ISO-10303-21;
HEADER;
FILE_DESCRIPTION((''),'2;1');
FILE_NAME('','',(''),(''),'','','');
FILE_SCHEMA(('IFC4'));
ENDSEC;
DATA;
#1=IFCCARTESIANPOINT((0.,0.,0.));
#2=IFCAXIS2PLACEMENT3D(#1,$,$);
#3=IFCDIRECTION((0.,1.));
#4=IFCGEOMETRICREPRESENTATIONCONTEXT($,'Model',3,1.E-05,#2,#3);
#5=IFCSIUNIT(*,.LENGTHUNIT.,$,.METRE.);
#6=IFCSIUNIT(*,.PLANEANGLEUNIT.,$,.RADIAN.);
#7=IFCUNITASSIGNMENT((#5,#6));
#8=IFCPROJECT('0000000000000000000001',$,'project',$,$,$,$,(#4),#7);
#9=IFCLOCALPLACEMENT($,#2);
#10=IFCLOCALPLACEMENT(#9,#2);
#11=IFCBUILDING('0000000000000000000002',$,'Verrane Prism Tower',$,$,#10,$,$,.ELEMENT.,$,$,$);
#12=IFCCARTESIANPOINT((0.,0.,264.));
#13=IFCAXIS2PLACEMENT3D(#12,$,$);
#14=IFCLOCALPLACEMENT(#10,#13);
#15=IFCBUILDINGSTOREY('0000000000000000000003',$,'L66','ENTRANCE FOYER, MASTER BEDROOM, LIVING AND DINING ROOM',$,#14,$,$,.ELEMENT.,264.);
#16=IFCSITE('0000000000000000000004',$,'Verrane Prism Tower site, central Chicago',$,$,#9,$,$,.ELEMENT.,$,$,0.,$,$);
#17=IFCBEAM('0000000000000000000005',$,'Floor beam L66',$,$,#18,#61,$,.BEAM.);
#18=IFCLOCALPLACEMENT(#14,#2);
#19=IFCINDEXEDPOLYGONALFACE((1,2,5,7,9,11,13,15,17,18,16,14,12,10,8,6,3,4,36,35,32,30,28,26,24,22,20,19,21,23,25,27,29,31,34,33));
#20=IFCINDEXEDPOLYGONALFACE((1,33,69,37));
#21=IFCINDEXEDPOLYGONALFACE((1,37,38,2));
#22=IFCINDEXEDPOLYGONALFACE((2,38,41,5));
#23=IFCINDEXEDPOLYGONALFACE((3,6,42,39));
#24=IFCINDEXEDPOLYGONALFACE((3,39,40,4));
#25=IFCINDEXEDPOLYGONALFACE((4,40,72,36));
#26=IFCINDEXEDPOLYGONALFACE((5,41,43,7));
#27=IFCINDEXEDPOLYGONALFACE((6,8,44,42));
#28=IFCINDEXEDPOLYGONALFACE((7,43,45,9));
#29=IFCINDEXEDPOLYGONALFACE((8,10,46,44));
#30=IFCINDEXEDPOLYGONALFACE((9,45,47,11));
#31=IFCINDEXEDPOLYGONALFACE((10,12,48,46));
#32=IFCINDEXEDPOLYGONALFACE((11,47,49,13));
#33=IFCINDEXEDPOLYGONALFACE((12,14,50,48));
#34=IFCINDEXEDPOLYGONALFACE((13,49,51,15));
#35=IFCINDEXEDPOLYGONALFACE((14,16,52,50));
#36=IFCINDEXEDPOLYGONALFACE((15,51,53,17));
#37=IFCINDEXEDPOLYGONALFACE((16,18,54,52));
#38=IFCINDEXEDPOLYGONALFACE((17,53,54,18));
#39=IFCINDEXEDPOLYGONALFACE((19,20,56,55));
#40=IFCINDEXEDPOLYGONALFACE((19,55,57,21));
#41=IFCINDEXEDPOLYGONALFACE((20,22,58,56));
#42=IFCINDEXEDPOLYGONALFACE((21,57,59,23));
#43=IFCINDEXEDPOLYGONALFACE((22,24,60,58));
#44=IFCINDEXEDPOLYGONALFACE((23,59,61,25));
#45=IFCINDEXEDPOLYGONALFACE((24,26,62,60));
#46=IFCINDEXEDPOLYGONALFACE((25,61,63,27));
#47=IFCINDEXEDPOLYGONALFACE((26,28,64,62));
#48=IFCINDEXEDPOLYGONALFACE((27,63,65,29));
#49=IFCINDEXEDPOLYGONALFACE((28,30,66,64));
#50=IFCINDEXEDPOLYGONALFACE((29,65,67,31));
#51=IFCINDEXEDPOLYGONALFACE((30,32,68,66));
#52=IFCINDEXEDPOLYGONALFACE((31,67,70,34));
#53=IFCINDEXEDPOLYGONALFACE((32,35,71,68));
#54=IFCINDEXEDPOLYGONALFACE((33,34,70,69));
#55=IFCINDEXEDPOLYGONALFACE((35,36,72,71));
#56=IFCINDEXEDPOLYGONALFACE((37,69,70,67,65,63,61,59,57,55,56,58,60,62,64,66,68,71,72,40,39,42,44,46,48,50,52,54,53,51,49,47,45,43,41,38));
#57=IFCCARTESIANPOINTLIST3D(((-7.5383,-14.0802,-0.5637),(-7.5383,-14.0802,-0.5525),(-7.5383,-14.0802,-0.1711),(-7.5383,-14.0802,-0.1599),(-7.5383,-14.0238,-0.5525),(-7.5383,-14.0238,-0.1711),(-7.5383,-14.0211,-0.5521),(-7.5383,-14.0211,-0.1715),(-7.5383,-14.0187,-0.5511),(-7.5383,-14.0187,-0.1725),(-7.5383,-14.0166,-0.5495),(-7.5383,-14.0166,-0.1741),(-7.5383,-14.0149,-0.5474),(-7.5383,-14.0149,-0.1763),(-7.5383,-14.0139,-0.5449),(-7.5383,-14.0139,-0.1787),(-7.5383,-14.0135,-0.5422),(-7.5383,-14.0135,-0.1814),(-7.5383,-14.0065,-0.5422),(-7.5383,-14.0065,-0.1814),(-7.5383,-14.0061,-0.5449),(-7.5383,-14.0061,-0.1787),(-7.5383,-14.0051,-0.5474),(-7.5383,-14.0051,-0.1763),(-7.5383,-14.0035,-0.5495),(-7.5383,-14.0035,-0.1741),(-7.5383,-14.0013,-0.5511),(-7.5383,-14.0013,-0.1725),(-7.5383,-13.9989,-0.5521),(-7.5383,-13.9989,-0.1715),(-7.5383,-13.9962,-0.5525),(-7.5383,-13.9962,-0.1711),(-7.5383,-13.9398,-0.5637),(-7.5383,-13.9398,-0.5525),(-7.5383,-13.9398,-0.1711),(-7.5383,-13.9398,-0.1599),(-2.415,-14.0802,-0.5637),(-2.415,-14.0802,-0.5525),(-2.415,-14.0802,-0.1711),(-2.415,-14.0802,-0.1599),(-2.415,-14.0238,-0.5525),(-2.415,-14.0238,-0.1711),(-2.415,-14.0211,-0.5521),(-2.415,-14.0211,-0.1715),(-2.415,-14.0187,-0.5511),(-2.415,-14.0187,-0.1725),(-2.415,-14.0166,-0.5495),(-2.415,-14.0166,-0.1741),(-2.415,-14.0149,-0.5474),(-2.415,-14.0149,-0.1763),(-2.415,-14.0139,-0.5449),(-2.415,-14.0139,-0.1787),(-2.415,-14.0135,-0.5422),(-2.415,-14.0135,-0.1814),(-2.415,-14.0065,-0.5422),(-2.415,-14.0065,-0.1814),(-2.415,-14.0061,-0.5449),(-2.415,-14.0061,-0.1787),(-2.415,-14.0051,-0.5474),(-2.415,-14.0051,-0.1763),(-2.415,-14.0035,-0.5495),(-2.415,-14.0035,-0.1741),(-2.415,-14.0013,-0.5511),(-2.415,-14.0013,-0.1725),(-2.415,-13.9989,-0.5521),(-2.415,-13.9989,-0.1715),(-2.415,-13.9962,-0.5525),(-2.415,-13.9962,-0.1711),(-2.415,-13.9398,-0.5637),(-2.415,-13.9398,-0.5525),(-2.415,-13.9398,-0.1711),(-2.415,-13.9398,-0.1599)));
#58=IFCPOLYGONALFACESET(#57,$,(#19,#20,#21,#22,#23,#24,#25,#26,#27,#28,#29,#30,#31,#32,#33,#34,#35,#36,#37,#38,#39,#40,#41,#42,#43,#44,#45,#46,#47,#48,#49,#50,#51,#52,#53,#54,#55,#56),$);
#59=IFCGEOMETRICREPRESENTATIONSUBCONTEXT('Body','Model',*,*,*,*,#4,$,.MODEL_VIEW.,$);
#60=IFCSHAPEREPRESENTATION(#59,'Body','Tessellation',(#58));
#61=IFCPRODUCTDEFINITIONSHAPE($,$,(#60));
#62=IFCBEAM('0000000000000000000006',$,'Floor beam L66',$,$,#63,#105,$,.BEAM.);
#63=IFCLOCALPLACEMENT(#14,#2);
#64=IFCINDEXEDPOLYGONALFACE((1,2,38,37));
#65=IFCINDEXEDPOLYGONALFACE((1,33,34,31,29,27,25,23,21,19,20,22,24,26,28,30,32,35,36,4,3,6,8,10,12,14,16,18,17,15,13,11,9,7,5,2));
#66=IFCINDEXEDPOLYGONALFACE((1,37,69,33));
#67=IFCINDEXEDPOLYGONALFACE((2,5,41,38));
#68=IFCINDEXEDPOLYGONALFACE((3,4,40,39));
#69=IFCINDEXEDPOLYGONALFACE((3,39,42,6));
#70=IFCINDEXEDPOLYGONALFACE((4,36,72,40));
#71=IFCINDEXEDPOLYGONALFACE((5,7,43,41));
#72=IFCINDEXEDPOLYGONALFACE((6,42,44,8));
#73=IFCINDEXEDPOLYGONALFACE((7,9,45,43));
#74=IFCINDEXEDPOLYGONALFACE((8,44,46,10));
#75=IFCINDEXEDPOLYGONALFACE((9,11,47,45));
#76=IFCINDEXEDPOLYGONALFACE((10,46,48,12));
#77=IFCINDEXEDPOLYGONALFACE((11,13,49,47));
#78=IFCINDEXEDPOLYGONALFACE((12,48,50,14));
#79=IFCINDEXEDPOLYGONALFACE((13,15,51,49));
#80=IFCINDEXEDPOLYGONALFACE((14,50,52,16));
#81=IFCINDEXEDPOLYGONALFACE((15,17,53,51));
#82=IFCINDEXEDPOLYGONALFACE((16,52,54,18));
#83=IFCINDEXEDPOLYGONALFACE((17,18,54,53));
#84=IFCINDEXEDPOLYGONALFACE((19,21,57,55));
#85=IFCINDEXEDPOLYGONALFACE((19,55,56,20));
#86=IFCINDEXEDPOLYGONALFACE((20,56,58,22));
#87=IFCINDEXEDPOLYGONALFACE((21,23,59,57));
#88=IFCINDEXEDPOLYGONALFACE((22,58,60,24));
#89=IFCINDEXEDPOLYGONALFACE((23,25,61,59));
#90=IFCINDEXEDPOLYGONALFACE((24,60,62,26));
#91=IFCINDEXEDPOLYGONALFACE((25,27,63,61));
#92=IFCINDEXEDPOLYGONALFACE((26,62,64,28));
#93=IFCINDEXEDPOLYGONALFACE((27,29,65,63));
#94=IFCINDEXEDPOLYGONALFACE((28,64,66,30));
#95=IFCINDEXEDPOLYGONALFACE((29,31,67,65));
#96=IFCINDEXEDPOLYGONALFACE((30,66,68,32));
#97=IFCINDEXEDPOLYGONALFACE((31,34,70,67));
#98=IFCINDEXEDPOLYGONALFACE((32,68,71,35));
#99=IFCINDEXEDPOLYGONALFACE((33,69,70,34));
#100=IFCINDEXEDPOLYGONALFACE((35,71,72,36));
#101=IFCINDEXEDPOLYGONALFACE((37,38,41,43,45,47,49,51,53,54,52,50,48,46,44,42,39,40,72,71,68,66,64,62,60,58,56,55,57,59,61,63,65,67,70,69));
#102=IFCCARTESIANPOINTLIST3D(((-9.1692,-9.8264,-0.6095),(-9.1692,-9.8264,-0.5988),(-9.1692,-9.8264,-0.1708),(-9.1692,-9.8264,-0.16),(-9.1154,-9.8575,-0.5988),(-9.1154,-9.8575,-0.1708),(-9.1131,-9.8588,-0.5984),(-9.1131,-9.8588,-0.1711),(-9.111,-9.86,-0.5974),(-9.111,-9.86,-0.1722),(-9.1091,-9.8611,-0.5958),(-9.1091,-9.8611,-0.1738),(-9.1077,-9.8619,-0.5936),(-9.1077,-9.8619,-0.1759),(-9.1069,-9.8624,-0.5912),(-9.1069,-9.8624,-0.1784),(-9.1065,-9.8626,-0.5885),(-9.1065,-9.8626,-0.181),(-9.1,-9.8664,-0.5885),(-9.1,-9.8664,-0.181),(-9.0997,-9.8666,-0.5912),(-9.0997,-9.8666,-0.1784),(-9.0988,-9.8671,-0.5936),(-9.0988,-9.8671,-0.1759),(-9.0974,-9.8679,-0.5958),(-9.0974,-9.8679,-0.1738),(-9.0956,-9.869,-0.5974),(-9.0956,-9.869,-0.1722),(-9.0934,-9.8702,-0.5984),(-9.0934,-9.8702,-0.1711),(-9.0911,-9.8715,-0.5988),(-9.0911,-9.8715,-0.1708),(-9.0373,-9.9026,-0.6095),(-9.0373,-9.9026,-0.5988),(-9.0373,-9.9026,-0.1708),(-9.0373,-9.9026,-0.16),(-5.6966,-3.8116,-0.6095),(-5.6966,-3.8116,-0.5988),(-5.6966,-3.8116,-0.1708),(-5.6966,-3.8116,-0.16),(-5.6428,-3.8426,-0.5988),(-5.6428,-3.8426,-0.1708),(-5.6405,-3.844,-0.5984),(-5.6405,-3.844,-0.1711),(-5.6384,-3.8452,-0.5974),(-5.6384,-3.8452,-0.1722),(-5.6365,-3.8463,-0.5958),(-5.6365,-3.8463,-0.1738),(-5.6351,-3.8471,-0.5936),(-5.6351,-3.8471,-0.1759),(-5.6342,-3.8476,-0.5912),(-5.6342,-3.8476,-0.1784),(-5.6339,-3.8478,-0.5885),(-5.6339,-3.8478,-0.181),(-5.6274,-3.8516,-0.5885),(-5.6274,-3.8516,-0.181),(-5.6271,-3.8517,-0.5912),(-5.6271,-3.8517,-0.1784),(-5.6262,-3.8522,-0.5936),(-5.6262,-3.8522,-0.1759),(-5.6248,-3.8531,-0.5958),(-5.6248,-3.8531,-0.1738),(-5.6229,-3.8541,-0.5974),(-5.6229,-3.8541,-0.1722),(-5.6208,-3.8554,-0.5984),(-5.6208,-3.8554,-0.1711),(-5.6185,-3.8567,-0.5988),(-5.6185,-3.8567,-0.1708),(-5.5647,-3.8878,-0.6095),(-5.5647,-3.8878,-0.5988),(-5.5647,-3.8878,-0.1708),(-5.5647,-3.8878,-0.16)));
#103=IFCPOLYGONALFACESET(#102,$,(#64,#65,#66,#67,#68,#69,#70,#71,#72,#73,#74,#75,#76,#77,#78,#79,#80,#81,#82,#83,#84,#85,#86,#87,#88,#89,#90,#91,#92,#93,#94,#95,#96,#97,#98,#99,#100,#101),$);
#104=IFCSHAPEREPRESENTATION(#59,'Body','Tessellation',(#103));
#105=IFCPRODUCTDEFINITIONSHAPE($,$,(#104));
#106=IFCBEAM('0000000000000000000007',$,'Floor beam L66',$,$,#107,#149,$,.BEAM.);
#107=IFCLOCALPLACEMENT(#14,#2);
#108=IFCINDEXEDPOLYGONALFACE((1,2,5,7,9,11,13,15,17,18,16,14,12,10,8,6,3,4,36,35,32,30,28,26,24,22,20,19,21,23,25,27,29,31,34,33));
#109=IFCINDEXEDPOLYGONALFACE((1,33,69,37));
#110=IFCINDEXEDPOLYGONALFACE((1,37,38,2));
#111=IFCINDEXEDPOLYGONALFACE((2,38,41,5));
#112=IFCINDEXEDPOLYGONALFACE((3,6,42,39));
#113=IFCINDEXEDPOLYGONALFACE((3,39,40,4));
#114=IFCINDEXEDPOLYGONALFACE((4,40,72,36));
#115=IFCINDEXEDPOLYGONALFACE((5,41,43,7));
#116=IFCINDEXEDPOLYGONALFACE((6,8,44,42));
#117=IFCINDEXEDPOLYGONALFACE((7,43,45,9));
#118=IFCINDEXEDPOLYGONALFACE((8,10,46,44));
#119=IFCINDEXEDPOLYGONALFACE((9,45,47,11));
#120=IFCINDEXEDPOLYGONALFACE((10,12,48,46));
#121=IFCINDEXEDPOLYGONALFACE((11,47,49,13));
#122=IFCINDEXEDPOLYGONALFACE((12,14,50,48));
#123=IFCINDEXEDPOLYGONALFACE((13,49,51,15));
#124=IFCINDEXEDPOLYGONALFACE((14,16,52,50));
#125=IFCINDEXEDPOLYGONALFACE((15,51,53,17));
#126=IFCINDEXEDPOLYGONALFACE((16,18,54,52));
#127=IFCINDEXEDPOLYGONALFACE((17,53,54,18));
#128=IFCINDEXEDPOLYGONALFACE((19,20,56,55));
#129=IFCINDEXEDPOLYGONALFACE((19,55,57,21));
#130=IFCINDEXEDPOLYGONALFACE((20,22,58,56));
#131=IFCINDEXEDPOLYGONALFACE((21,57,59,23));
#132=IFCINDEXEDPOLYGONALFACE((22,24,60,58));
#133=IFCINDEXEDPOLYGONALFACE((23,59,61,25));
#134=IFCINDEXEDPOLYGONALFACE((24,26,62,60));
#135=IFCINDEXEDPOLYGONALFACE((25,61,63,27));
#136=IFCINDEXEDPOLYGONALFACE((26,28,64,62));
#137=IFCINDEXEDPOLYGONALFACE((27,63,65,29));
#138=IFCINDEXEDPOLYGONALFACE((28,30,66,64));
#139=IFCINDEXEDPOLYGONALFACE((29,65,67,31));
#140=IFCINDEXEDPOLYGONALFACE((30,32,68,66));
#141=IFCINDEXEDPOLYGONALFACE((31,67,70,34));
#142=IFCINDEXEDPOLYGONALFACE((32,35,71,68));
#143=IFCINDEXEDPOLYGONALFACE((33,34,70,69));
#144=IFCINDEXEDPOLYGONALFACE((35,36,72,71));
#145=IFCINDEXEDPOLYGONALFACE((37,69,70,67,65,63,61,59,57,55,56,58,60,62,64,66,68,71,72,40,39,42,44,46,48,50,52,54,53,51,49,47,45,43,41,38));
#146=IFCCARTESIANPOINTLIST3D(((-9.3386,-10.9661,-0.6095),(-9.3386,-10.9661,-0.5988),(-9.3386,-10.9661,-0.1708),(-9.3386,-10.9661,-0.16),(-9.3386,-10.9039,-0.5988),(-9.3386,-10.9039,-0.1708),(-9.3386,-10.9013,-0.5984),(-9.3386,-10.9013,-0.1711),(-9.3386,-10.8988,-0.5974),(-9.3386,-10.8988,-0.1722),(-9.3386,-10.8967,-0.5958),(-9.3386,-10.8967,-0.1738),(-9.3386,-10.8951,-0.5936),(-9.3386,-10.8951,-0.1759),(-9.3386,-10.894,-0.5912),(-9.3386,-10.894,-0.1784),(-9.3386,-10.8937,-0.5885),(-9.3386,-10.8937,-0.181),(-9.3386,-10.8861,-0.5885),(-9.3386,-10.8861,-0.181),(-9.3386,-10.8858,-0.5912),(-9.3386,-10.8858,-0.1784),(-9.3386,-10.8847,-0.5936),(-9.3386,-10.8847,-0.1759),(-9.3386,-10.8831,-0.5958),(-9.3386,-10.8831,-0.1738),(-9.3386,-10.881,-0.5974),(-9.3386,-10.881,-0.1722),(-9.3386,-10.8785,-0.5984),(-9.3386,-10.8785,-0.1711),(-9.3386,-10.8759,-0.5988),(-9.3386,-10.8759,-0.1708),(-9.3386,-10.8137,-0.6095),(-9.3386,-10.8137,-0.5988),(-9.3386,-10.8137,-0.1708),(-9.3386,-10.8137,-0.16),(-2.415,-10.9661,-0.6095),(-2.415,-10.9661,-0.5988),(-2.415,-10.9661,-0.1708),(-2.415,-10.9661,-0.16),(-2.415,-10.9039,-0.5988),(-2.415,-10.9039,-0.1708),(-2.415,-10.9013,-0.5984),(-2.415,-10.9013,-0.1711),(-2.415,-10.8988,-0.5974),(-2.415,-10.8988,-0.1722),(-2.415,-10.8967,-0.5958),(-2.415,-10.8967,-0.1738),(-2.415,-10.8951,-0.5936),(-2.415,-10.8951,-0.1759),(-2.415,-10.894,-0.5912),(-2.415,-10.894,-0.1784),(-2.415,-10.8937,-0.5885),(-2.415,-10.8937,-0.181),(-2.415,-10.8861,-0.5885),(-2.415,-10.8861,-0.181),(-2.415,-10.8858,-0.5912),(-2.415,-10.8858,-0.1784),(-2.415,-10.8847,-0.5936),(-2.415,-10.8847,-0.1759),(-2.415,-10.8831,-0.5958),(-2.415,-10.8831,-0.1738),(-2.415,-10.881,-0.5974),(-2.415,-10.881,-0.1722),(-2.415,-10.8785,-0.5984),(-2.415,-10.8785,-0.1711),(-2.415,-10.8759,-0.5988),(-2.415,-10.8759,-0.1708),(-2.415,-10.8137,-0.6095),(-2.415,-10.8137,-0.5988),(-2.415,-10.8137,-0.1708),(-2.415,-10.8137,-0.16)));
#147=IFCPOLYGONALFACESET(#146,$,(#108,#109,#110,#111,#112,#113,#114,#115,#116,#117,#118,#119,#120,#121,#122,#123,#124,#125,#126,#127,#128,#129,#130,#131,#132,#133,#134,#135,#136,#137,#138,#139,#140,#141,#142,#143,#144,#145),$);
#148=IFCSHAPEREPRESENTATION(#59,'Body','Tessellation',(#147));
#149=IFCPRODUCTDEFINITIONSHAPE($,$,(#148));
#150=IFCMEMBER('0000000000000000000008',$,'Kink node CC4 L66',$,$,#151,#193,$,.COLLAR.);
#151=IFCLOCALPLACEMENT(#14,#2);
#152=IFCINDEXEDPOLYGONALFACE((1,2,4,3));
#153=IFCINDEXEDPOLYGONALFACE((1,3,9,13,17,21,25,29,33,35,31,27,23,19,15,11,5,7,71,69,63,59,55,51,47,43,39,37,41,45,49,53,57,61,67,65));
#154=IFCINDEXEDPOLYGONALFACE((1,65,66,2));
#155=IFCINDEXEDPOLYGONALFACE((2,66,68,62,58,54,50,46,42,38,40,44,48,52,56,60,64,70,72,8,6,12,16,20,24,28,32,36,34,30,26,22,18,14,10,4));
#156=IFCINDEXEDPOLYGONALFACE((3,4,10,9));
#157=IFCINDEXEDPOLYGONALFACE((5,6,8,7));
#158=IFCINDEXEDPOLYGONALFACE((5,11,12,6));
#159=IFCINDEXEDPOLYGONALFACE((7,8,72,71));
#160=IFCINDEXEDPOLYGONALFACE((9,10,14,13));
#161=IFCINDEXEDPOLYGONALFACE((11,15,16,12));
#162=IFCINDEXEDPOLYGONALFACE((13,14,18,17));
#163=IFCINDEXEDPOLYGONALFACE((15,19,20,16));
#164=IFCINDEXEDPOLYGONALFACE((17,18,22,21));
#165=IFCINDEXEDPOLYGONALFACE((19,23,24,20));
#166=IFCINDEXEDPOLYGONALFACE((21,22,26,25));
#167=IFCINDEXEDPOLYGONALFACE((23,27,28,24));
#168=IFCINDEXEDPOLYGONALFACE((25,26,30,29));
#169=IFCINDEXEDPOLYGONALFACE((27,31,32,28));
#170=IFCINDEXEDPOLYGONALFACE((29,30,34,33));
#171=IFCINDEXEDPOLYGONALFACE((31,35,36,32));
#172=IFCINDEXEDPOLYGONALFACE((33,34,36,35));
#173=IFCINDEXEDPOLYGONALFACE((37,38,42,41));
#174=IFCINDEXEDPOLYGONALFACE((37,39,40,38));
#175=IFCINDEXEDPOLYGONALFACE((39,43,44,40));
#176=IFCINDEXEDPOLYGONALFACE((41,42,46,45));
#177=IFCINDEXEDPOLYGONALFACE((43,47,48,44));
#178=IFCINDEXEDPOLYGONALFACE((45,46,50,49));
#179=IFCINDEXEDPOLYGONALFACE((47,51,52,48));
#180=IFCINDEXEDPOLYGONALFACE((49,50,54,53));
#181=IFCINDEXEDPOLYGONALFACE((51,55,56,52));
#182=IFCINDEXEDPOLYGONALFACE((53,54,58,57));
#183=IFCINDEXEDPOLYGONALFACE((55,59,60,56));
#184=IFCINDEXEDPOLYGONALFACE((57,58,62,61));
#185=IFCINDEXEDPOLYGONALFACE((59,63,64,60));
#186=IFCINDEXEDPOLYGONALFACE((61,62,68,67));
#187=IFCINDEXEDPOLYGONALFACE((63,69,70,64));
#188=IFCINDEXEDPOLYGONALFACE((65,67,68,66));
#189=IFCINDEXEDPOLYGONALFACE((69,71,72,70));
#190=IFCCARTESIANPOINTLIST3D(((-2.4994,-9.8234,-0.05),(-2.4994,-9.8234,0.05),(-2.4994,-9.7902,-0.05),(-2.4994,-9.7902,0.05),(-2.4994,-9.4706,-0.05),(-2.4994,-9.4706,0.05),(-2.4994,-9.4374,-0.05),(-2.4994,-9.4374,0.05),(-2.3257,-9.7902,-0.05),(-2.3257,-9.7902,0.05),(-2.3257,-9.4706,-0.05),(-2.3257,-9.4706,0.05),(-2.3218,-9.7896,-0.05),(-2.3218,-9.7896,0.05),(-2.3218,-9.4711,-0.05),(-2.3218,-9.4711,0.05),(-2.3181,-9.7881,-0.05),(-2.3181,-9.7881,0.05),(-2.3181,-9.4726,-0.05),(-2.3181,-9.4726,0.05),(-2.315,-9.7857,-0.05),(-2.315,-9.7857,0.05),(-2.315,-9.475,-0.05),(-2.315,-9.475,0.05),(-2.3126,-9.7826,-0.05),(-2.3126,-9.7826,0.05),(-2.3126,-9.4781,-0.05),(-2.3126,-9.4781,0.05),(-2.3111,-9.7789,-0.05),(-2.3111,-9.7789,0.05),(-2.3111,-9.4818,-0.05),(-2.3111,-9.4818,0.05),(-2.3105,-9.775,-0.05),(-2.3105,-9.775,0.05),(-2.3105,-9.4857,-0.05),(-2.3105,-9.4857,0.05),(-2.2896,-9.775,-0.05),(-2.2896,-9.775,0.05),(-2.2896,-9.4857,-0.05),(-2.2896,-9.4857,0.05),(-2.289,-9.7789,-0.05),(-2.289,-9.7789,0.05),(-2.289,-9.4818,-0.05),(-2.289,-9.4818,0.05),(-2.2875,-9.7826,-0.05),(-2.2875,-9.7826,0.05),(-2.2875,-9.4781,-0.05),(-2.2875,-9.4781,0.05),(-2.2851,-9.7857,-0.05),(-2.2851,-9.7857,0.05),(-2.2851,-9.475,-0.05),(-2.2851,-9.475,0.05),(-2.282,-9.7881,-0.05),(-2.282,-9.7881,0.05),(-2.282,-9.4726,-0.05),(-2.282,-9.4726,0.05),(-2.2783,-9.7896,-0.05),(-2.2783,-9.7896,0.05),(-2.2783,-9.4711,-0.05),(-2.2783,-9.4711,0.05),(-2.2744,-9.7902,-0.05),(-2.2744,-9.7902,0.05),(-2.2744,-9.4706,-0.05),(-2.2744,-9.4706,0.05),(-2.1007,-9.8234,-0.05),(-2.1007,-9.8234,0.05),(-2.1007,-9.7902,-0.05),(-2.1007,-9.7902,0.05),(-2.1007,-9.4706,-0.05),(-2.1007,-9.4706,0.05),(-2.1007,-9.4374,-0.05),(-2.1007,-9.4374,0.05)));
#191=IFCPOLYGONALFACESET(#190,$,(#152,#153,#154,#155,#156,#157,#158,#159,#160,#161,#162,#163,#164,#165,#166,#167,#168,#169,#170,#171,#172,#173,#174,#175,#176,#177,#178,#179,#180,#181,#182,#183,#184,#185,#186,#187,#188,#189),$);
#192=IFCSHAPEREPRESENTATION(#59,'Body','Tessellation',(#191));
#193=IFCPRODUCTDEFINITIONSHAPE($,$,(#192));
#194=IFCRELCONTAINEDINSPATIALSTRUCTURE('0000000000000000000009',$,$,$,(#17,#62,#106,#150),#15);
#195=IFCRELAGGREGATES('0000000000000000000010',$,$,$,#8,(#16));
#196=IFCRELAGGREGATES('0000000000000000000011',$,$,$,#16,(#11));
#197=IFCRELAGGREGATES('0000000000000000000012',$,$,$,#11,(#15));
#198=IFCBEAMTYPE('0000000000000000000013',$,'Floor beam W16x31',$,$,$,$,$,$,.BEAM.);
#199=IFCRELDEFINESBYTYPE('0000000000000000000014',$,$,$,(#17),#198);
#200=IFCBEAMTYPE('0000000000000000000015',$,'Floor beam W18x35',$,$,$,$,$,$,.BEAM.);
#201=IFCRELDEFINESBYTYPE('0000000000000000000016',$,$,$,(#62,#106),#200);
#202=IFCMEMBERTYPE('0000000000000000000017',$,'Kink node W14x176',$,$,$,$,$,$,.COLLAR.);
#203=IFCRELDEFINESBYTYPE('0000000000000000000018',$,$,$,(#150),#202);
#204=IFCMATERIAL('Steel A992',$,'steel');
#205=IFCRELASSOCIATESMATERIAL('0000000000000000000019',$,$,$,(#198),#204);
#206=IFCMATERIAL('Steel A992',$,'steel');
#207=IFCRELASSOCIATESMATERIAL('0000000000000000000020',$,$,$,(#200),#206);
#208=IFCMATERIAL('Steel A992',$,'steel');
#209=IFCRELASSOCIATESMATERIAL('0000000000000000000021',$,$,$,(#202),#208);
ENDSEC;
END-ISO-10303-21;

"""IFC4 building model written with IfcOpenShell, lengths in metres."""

from ifc_helpers import new_model, si_unit, direction, frame, origin, origin_2d, place, context, subcontext, project, spatial, i_section, extrude, material, material_profile, profile_set, type_object, element, save


model = new_model("IFC4")

# Units and contexts
model_context = context("Model", 3, precision=1e-05, world=origin(), true_north=direction((0.0, 1.0)))
body_context = subcontext(model_context, "Body", "Model", "MODEL_VIEW")
ifc_project = project(units=[si_unit("LENGTHUNIT", "METRE"), si_unit("PLANEANGLEUNIT", "RADIAN")], contexts=[model_context])

# Site, building, storey
site_placement = place(None, origin())
site = spatial("IfcSite", under=ifc_project, at=site_placement, Name="Verrane Prism Tower site, central Chicago", CompositionType="ELEMENT", RefElevation=0.0)
building_placement = place(site_placement, origin())
building = spatial("IfcBuilding", under=site, at=building_placement, Name="Verrane Prism Tower", CompositionType="ELEMENT")
storey_placement = place(building_placement, frame((0.0, 0.0, 264.0)))
storey = spatial("IfcBuildingStorey", under=building, at=storey_placement, Name="L66", Description="ENTRANCE FOYER, MASTER BEDROOM, LIVING AND DINING ROOM", CompositionType="ELEMENT", Elevation=264.0)

# Beams
ifc_material_1 = material(Name="Steel A992", Category="steel")
ifc_material_profile_1 = material_profile(ifc_material_1, i_section(OverallWidth=0.1404, OverallDepth=0.4038, WebThickness=0.0071, FlangeThickness=0.0112, FilletRadius=0.0103, at=origin_2d()), Name="W16x31")
ifc_profile_set_1 = profile_set([ifc_material_profile_1], Name="Steel A992")
beam_type_1 = type_object("IfcBeamType", Name="Floor beam W16x31", PredefinedType="BEAM", material=ifc_profile_set_1)
beam_1_placement = place(storey_placement, frame((-7.5383, -14.01, -0.3618), z_axis=(1.0, 0.0, 0.0), x_axis=(0.0, 1.0, 0.0)))
element("IfcBeam", 1, at=beam_1_placement, inside=storey, type_object=beam_type_1, Name="Floor beam L66", PredefinedType="BEAM", context=body_context, shape_type="SweptSolid", body=[
    extrude(i_section(OverallWidth=0.1404, OverallDepth=0.4038, WebThickness=0.0071, FlangeThickness=0.0112, FilletRadius=0.0103, at=origin_2d()), origin(), (0.0, 0.0, 1.0), 5.1233),
])
ifc_material_2 = material(Name="Steel A992", Category="steel")
ifc_material_profile_2 = material_profile(ifc_material_2, i_section(OverallWidth=0.1523, OverallDepth=0.4495, WebThickness=0.0076, FlangeThickness=0.0107, FilletRadius=0.0103, at=origin_2d()), Name="W18x35")
ifc_profile_set_2 = profile_set([ifc_material_profile_2], Name="Steel A992")
beam_type_2 = type_object("IfcBeamType", Name="Floor beam W18x35", PredefinedType="BEAM", material=ifc_profile_set_2)
beam_2_placement = place(storey_placement, frame((-9.1033, -9.8645, -0.3848), z_axis=(0.499995, 0.866028, 0.0), x_axis=(-0.866028, 0.499995, 0.0)))
element("IfcBeam", 2, at=beam_2_placement, inside=storey, type_object=beam_type_2, Name="Floor beam L66", PredefinedType="BEAM", context=body_context, shape_type="SweptSolid", body=[
    extrude(i_section(OverallWidth=0.1523, OverallDepth=0.4495, WebThickness=0.0076, FlangeThickness=0.0107, FilletRadius=0.0103, at=origin_2d()), origin(), (0.0, 0.0, 1.0), 6.9453),
])
beam_3_placement = place(storey_placement, frame((-9.3386, -10.8899, -0.3848), z_axis=(1.0, 0.0, 0.0), x_axis=(0.0, 1.0, 0.0)))
element("IfcBeam", 3, at=beam_3_placement, inside=storey, type_object=beam_type_2, Name="Floor beam L66", PredefinedType="BEAM", context=body_context, shape_type="SweptSolid", body=[
    extrude(i_section(OverallWidth=0.1523, OverallDepth=0.4495, WebThickness=0.0076, FlangeThickness=0.0107, FilletRadius=0.0103, at=origin_2d()), origin(), (0.0, 0.0, 1.0), 6.9236),
])

# Member
ifc_material_3 = material(Name="Steel A992", Category="steel")
ifc_material_profile_3 = material_profile(ifc_material_3, i_section(OverallWidth=0.3987, OverallDepth=0.386, WebThickness=0.021, FlangeThickness=0.0332, FilletRadius=0.0151, at=origin_2d()), Name="W14x176")
ifc_profile_set_3 = profile_set([ifc_material_profile_3], Name="Steel A992")
member_type_1 = type_object("IfcMemberType", Name="Kink node W14x176", PredefinedType="COLLAR", material=ifc_profile_set_3)
member_1_placement = place(storey_placement, frame((-2.3, -9.6304, -0.05), z_axis=(0.0, 0.0, 1.0), x_axis=(1.0, 0.0, 0.0)))
element("IfcMember", 4, at=member_1_placement, inside=storey, type_object=member_type_1, Name="Kink node CC4 L66", PredefinedType="COLLAR", context=body_context, shape_type="SweptSolid", body=[
    extrude(i_section(OverallWidth=0.3987, OverallDepth=0.386, WebThickness=0.021, FlangeThickness=0.0332, FilletRadius=0.0151, at=origin_2d()), origin(), (0.0, 0.0, 1.0), 0.1001),
])

save(model, "model.ifc")
